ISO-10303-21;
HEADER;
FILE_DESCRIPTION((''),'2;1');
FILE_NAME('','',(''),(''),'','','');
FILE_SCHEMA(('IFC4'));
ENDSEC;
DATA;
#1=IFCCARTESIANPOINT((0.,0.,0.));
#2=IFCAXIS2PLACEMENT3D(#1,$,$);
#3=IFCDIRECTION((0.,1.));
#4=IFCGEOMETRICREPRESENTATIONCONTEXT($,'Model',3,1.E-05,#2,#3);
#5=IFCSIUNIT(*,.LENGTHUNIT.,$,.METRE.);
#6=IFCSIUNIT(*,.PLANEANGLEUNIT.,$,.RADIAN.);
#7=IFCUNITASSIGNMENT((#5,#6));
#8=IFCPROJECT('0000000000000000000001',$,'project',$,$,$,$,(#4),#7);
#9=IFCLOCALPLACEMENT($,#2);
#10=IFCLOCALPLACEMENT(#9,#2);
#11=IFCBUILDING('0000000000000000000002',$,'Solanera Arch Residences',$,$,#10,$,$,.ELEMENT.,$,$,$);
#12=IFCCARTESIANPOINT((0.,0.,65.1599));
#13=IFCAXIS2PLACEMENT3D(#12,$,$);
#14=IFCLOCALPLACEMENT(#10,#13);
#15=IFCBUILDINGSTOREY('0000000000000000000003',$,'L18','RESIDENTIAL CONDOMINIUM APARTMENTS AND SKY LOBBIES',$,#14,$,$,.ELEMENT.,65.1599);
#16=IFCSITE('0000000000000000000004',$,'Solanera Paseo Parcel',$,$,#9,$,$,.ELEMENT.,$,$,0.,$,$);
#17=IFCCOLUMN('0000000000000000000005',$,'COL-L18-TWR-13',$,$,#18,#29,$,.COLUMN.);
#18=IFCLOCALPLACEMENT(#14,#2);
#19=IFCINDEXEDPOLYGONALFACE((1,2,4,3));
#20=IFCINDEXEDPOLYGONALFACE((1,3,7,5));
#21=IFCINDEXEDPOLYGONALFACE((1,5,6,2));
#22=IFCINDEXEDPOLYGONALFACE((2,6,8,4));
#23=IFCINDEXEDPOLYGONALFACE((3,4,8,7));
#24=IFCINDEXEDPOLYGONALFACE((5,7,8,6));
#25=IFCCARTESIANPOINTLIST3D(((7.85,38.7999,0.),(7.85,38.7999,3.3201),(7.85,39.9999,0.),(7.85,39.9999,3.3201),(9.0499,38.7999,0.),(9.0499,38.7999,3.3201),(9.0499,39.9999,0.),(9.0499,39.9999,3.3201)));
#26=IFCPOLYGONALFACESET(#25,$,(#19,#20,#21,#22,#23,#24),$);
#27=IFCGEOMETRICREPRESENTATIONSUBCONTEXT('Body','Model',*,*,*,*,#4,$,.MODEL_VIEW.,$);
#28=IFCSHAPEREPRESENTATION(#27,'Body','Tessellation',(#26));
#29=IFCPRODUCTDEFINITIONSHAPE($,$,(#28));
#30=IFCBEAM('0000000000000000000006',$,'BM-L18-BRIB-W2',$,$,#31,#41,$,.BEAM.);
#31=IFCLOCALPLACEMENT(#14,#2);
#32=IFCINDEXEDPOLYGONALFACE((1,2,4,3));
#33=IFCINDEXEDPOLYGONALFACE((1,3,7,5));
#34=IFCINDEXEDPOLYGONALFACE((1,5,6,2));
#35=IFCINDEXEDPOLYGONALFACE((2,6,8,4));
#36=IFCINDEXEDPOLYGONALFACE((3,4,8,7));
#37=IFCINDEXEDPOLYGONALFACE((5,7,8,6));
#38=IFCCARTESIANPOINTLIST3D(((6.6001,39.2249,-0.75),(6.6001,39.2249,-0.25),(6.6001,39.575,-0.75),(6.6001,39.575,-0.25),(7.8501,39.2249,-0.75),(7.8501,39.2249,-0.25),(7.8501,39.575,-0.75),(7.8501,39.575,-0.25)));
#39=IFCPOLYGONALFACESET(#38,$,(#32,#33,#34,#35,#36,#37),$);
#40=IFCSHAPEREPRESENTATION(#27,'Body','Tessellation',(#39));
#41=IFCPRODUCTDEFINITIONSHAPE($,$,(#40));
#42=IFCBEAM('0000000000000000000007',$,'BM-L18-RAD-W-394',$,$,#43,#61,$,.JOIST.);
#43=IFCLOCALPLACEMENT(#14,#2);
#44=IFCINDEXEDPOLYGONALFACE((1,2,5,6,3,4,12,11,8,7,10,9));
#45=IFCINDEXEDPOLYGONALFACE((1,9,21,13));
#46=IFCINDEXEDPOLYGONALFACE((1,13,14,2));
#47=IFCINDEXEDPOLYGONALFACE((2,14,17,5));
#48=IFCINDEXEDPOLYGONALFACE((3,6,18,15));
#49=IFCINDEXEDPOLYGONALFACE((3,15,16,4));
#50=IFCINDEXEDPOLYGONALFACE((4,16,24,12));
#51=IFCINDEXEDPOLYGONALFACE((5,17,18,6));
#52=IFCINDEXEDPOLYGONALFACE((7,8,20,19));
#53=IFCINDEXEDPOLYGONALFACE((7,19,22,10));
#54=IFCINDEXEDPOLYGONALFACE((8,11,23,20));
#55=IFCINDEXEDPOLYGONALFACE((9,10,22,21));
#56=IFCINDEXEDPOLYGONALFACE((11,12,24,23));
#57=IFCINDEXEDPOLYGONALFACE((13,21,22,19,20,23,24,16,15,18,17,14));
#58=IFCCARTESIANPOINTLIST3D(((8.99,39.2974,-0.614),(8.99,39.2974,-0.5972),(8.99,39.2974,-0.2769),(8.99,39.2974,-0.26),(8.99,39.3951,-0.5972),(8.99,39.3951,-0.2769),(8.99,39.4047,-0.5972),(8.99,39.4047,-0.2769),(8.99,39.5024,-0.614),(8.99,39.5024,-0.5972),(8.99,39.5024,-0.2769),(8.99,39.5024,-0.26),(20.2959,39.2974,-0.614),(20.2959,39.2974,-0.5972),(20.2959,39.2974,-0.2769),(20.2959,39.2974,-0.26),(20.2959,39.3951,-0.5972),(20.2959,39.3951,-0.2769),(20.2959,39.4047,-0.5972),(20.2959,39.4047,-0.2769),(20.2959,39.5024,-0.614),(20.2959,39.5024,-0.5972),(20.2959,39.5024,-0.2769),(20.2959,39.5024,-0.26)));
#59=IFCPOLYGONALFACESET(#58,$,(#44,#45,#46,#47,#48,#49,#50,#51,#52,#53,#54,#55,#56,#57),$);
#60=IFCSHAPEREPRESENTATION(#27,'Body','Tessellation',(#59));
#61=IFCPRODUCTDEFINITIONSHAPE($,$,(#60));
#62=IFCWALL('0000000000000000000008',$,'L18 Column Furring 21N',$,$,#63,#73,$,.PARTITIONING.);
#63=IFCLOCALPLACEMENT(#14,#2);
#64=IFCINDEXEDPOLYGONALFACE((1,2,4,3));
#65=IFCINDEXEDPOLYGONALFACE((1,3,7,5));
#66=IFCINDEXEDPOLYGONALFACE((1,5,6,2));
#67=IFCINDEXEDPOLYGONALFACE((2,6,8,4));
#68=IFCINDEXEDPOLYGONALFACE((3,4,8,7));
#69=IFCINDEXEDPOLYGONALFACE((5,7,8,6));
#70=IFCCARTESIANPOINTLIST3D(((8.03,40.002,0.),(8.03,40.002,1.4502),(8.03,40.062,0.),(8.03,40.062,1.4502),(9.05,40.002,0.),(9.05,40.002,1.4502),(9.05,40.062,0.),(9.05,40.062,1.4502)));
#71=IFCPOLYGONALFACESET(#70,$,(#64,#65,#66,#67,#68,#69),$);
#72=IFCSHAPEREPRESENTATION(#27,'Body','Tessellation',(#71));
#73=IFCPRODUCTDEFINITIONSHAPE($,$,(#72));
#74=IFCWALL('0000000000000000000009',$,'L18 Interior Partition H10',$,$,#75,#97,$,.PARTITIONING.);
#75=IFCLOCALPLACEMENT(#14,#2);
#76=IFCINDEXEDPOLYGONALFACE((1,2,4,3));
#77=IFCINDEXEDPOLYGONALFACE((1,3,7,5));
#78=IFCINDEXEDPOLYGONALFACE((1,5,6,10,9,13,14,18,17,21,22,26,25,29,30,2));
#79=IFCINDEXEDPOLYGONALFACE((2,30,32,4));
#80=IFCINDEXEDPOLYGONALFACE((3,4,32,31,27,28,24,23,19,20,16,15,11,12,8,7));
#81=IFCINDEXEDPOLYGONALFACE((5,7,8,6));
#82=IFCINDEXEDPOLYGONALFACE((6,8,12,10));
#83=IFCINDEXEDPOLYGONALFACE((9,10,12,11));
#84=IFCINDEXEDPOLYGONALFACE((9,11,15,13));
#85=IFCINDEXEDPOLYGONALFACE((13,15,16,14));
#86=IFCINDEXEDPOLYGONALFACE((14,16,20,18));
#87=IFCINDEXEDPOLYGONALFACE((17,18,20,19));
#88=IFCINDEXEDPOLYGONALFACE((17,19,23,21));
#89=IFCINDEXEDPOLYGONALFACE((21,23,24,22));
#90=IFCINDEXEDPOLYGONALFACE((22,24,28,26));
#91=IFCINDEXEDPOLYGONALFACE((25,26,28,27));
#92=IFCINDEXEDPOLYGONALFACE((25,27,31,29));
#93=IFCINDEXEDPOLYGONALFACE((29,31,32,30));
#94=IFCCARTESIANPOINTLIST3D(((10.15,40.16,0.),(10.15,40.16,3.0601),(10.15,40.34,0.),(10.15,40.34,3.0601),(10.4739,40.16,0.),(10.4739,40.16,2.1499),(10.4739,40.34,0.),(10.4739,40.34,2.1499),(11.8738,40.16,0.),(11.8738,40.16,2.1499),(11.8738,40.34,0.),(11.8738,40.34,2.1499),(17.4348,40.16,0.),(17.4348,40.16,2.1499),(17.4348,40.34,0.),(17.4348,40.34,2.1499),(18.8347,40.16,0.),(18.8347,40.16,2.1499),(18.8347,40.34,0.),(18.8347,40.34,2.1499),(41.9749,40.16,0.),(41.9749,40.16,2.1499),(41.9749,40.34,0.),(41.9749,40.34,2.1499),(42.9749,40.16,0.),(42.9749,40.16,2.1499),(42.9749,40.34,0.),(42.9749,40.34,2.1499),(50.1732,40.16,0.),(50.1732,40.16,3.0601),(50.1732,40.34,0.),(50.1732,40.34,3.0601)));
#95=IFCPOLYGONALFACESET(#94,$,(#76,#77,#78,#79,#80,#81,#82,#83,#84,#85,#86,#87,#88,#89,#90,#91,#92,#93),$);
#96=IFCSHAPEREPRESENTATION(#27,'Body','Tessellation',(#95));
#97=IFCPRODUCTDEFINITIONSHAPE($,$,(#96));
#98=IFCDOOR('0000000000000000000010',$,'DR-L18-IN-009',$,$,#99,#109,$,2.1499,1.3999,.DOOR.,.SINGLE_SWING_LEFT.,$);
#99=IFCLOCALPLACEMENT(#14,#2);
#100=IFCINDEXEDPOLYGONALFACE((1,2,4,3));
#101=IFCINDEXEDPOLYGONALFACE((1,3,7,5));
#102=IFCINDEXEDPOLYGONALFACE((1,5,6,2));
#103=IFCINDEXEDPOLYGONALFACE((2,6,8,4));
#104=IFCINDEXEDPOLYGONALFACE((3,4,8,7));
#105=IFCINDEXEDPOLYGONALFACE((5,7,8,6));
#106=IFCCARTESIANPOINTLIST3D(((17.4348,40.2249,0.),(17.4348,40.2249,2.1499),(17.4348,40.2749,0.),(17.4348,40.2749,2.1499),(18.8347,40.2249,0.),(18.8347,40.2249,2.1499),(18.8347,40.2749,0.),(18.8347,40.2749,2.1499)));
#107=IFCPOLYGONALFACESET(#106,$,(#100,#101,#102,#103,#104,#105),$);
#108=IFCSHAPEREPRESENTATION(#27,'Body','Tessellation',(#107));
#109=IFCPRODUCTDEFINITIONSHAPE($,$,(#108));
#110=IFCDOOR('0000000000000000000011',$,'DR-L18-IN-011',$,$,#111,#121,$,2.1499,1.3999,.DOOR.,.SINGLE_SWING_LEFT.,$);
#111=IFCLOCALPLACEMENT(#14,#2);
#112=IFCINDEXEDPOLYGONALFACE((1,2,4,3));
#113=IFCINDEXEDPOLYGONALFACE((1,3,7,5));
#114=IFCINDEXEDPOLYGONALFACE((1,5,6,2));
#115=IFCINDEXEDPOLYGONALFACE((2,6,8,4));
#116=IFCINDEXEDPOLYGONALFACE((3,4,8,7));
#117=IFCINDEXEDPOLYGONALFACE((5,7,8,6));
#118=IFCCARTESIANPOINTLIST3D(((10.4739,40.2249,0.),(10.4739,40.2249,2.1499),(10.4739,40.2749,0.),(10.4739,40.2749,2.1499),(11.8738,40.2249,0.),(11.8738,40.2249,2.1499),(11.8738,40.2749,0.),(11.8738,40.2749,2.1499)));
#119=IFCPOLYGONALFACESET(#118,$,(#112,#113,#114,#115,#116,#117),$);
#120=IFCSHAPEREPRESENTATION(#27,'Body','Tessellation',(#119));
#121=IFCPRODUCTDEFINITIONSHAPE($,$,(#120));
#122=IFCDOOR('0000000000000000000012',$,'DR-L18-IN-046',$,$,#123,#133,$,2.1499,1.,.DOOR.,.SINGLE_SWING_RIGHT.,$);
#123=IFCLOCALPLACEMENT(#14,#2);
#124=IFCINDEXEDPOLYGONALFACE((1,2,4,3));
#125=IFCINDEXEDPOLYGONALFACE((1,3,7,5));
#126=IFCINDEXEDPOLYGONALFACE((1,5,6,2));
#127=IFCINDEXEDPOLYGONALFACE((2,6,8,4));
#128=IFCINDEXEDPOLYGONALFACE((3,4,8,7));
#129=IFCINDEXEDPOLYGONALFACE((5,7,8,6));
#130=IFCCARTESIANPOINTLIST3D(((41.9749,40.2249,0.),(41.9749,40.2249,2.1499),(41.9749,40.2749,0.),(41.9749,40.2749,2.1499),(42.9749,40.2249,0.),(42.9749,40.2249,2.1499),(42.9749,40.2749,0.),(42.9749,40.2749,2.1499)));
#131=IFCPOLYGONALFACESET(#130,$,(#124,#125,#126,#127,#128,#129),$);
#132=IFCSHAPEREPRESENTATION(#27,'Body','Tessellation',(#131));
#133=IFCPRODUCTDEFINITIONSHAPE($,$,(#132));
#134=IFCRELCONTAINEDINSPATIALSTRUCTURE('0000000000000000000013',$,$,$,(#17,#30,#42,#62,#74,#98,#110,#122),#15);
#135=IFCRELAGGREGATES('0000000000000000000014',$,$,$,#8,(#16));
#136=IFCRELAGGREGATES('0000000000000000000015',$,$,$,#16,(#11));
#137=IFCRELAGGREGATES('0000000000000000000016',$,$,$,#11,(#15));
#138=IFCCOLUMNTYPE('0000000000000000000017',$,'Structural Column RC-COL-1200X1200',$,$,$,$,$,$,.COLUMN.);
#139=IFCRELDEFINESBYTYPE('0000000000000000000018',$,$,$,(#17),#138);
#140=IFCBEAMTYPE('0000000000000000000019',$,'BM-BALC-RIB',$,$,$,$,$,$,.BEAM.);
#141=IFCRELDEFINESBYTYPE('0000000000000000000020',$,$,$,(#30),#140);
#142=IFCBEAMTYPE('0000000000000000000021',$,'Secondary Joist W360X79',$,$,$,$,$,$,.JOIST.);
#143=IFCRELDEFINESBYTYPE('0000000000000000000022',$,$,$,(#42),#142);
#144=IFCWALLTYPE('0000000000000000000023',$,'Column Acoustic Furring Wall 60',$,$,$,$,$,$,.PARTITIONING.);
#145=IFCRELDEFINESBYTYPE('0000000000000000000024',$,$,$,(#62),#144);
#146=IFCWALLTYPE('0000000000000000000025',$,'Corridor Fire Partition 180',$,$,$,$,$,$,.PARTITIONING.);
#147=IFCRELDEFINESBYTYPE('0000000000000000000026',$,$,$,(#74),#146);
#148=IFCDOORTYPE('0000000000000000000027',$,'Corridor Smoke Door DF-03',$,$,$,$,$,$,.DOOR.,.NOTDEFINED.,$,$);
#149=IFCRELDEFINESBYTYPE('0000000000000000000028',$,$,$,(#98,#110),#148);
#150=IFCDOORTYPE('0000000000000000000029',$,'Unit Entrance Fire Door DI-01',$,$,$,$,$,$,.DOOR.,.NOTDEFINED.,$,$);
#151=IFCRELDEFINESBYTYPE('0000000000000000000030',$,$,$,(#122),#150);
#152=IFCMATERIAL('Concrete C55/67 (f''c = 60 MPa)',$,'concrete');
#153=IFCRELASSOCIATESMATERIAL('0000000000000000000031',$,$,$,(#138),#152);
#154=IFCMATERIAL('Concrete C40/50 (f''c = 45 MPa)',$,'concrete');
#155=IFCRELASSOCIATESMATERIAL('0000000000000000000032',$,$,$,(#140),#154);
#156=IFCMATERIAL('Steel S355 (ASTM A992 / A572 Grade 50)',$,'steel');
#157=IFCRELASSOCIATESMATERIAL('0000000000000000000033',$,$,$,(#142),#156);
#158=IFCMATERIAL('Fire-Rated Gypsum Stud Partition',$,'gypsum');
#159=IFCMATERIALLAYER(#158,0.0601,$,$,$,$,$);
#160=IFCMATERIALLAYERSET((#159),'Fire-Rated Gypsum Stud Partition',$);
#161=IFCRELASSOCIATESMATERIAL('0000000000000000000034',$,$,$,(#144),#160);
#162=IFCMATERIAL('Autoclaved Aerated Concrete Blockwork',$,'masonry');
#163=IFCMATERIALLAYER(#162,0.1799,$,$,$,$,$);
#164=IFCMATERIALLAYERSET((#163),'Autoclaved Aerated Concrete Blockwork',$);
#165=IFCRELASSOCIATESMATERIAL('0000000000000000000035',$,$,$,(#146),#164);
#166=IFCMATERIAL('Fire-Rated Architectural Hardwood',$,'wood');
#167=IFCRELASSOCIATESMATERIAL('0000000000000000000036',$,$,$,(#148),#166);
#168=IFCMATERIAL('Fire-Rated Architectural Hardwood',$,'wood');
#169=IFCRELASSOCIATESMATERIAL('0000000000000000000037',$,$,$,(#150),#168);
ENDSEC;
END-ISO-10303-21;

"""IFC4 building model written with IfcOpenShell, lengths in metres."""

from ifc_helpers import new_model, si_unit, direction, frame, frame_2d, origin, origin_2d, place, context, subcontext, project, spatial, rectangle, i_section, extrude, material, layer, layer_set, material_profile, profile_set, type_object, element, fill, save


model = new_model("IFC4")

# Units and contexts
model_context = context("Model", 3, precision=1e-05, world=origin(), true_north=direction((0.0, 1.0)))
body_context = subcontext(model_context, "Body", "Model", "MODEL_VIEW")
ifc_project = project(units=[si_unit("LENGTHUNIT", "METRE"), si_unit("PLANEANGLEUNIT", "RADIAN")], contexts=[model_context])

# Site, building, storey
site_placement = place(None, origin())
site = spatial("IfcSite", under=ifc_project, at=site_placement, Name="Solanera Paseo Parcel", CompositionType="ELEMENT", RefElevation=0.0)
building_placement = place(site_placement, origin())
building = spatial("IfcBuilding", under=site, at=building_placement, Name="Solanera Arch Residences", CompositionType="ELEMENT")
storey_placement = place(building_placement, frame((0.0, 0.0, 65.1599)))
storey = spatial("IfcBuildingStorey", under=building, at=storey_placement, Name="L18", Description="RESIDENTIAL CONDOMINIUM APARTMENTS AND SKY LOBBIES", CompositionType="ELEMENT", Elevation=65.1599)

# Column
ifc_material_1 = material(Name="Concrete C55/67 (f'c = 60 MPa)", Category="concrete")
ifc_material_profile_1 = material_profile(ifc_material_1, rectangle(XDim=1.2, YDim=1.2, at=origin_2d()))
ifc_profile_set_1 = profile_set([ifc_material_profile_1], Name="Concrete C55/67 (f'c = 60 MPa)")
column_type = type_object("IfcColumnType", Name="Structural Column RC-COL-1200X1200", PredefinedType="COLUMN", material=ifc_profile_set_1)
column_placement = place(storey_placement, frame((8.45, 39.3999, 0.0), z_axis=(0.0, 0.0, 1.0), x_axis=(1.0, 0.0, 0.0)))
element("IfcColumn", 1, at=column_placement, inside=storey, type_object=column_type, Name="COL-L18-TWR-13", PredefinedType="COLUMN", context=body_context, shape_type="SweptSolid", body=[
    extrude(rectangle(XDim=1.2, YDim=1.2, at=origin_2d()), origin(), (0.0, 0.0, 1.0), 3.3201),
])

# Beams
ifc_material_2 = material(Name="Concrete C40/50 (f'c = 45 MPa)", Category="concrete")
ifc_material_profile_2 = material_profile(ifc_material_2, rectangle(XDim=0.3501, YDim=0.5, at=origin_2d()))
ifc_profile_set_2 = profile_set([ifc_material_profile_2], Name="Concrete C40/50 (f'c = 45 MPa)")
beam_type_1 = type_object("IfcBeamType", Name="BM-BALC-RIB", PredefinedType="BEAM", material=ifc_profile_set_2)
beam_1_placement = place(storey_placement, frame((6.6001, 39.3999, -0.5), z_axis=(1.0, 0.0, 0.0), x_axis=(0.0, 1.0, 0.0)))
element("IfcBeam", 2, at=beam_1_placement, inside=storey, type_object=beam_type_1, Name="BM-L18-BRIB-W2", PredefinedType="BEAM", context=body_context, shape_type="SweptSolid", body=[
    extrude(rectangle(XDim=0.3501, YDim=0.5, at=origin_2d()), origin(), (0.0, 0.0, 1.0), 1.25),
])
ifc_material_3 = material(Name="Steel S355 (ASTM A992 / A572 Grade 50)", Category="steel")
ifc_material_profile_3 = material_profile(ifc_material_3, i_section(OverallWidth=0.2051, OverallDepth=0.354, WebThickness=0.0095, FlangeThickness=0.0168, at=origin_2d()))
ifc_profile_set_3 = profile_set([ifc_material_profile_3], Name="Steel S355 (ASTM A992 / A572 Grade 50)")
beam_type_2 = type_object("IfcBeamType", Name="Secondary Joist W360X79", PredefinedType="JOIST", material=ifc_profile_set_3)
beam_2_placement = place(storey_placement, frame((8.99, 39.3999, -0.437), z_axis=(1.0, 0.0, 0.0), x_axis=(0.0, 1.0, 0.0)))
element("IfcBeam", 3, at=beam_2_placement, inside=storey, type_object=beam_type_2, Name="BM-L18-RAD-W-394", PredefinedType="JOIST", context=body_context, shape_type="SweptSolid", body=[
    extrude(i_section(OverallWidth=0.2051, OverallDepth=0.354, WebThickness=0.0095, FlangeThickness=0.0168, at=origin_2d()), origin(), (0.0, 0.0, 1.0), 11.3059),
])

# Wall
ifc_material_4 = material(Name="Fire-Rated Gypsum Stud Partition", Category="gypsum")
ifc_layer_1 = layer(ifc_material_4, 0.0601)
ifc_layer_set_1 = layer_set([ifc_layer_1], Name="Fire-Rated Gypsum Stud Partition")
wall_type_1 = type_object("IfcWallType", Name="Column Acoustic Furring Wall 60", PredefinedType="PARTITIONING", material=ifc_layer_set_1)
wall_1_placement = place(storey_placement, frame((8.03, 40.032, 0.0), z_axis=(0.0, 0.0, 1.0), x_axis=(1.0, 0.0, 0.0)))
element("IfcWall", 4, at=wall_1_placement, inside=storey, type_object=wall_type_1, Name="L18 Column Furring 21N", PredefinedType="PARTITIONING", context=body_context, shape_type="SweptSolid", body=[
    extrude(rectangle(XDim=1.02, YDim=0.0601, at=frame_2d((0.51, 0.0))), origin(), (0.0, 0.0, 1.0), 1.4502),
])

# Wall, openings, doors
ifc_material_5 = material(Name="Autoclaved Aerated Concrete Blockwork", Category="masonry")
ifc_layer_2 = layer(ifc_material_5, 0.1799)
ifc_layer_set_2 = layer_set([ifc_layer_2], Name="Autoclaved Aerated Concrete Blockwork")
wall_type_2 = type_object("IfcWallType", Name="Corridor Fire Partition 180", PredefinedType="PARTITIONING", material=ifc_layer_set_2)
wall_2_placement = place(storey_placement, frame((10.1499, 40.25, 0.0), z_axis=(0.0, 0.0, 1.0), x_axis=(1.0, 0.0, 0.0)))
wall_2 = element("IfcWall", 5, at=wall_2_placement, inside=storey, type_object=wall_type_2, Name="L18 Interior Partition H10", PredefinedType="PARTITIONING", context=body_context, shape_type="SweptSolid", body=[
    extrude(rectangle(XDim=40.0232, YDim=0.1799, at=frame_2d((20.0117, 0.0))), origin(), (0.0, 0.0, 1.0), 3.0601),
])
opening_1_placement = place(wall_2_placement, frame((7.2849, 0.0, 0.0)))
opening_1 = element("IfcOpeningElement", 6, at=opening_1_placement, cuts=wall_2, PredefinedType="OPENING", context=body_context, shape_type="SweptSolid", body=[
    extrude(rectangle(XDim=1.3999, YDim=2.1499, at=frame_2d((0.7, 1.075))), frame((0.0, 0.1001, 0.0), z_axis=(0.0, -1.0, 0.0), x_axis=(1.0, 0.0, 0.0)), (0.0, 0.0, 1.0), 0.1999),
])
opening_2_placement = place(wall_2_placement, frame((0.324, 0.0, 0.0)))
opening_2 = element("IfcOpeningElement", 7, at=opening_2_placement, cuts=wall_2, PredefinedType="OPENING", context=body_context, shape_type="SweptSolid", body=[
    extrude(rectangle(XDim=1.3999, YDim=2.1499, at=frame_2d((0.7, 1.075))), frame((0.0, 0.1001, 0.0), z_axis=(0.0, -1.0, 0.0), x_axis=(1.0, 0.0, 0.0)), (0.0, 0.0, 1.0), 0.1999),
])
opening_3_placement = place(wall_2_placement, frame((31.825, 0.0, 0.0)))
opening_3 = element("IfcOpeningElement", 8, at=opening_3_placement, cuts=wall_2, PredefinedType="OPENING", context=body_context, shape_type="SweptSolid", body=[
    extrude(rectangle(XDim=1.0, YDim=2.1499, at=frame_2d((0.5, 1.075))), frame((0.0, 0.1001, 0.0), z_axis=(0.0, -1.0, 0.0), x_axis=(1.0, 0.0, 0.0)), (0.0, 0.0, 1.0), 0.1999),
])
ifc_material_6 = material(Name="Fire-Rated Architectural Hardwood", Category="wood")
door_type_1 = type_object("IfcDoorType", Name="Corridor Smoke Door DF-03", OperationType="NOTDEFINED", PredefinedType="DOOR", material=ifc_material_6)
door_1_placement = place(opening_1_placement, origin())
door_1 = element("IfcDoor", 9, at=door_1_placement, inside=storey, type_object=door_type_1, Name="DR-L18-IN-009", OperationType="SINGLE_SWING_LEFT", OverallHeight=2.1499, OverallWidth=1.3999, PredefinedType="DOOR", context=body_context, shape_type="SweptSolid", body=[
    extrude(rectangle(XDim=1.3999, YDim=2.1499, at=frame_2d((0.7, 1.075))), frame((0.0, 0.0249, 0.0), z_axis=(0.0, -1.0, 0.0), x_axis=(1.0, 0.0, 0.0)), (0.0, 0.0, 1.0), 0.05),
])
fill(opening_1, door_1)
door_2_placement = place(opening_2_placement, origin())
door_2 = element("IfcDoor", 10, at=door_2_placement, inside=storey, type_object=door_type_1, Name="DR-L18-IN-011", OperationType="SINGLE_SWING_LEFT", OverallHeight=2.1499, OverallWidth=1.3999, PredefinedType="DOOR", context=body_context, shape_type="SweptSolid", body=[
    extrude(rectangle(XDim=1.3999, YDim=2.1499, at=frame_2d((0.7, 1.075))), frame((0.0, 0.0249, 0.0), z_axis=(0.0, -1.0, 0.0), x_axis=(1.0, 0.0, 0.0)), (0.0, 0.0, 1.0), 0.05),
])
fill(opening_2, door_2)
ifc_material_7 = material(Name="Fire-Rated Architectural Hardwood", Category="wood")
door_type_2 = type_object("IfcDoorType", Name="Unit Entrance Fire Door DI-01", OperationType="NOTDEFINED", PredefinedType="DOOR", material=ifc_material_7)
door_3_placement = place(opening_3_placement, origin())
door_3 = element("IfcDoor", 11, at=door_3_placement, inside=storey, type_object=door_type_2, Name="DR-L18-IN-046", OperationType="SINGLE_SWING_RIGHT", OverallHeight=2.1499, OverallWidth=1.0, PredefinedType="DOOR", context=body_context, shape_type="SweptSolid", body=[
    extrude(rectangle(XDim=1.0, YDim=2.1499, at=frame_2d((0.5, 1.075))), frame((0.0, 0.0249, 0.0), z_axis=(0.0, -1.0, 0.0), x_axis=(1.0, 0.0, 0.0)), (0.0, 0.0, 1.0), 0.05),
])
fill(opening_3, door_3)

save(model, "model.ifc")
